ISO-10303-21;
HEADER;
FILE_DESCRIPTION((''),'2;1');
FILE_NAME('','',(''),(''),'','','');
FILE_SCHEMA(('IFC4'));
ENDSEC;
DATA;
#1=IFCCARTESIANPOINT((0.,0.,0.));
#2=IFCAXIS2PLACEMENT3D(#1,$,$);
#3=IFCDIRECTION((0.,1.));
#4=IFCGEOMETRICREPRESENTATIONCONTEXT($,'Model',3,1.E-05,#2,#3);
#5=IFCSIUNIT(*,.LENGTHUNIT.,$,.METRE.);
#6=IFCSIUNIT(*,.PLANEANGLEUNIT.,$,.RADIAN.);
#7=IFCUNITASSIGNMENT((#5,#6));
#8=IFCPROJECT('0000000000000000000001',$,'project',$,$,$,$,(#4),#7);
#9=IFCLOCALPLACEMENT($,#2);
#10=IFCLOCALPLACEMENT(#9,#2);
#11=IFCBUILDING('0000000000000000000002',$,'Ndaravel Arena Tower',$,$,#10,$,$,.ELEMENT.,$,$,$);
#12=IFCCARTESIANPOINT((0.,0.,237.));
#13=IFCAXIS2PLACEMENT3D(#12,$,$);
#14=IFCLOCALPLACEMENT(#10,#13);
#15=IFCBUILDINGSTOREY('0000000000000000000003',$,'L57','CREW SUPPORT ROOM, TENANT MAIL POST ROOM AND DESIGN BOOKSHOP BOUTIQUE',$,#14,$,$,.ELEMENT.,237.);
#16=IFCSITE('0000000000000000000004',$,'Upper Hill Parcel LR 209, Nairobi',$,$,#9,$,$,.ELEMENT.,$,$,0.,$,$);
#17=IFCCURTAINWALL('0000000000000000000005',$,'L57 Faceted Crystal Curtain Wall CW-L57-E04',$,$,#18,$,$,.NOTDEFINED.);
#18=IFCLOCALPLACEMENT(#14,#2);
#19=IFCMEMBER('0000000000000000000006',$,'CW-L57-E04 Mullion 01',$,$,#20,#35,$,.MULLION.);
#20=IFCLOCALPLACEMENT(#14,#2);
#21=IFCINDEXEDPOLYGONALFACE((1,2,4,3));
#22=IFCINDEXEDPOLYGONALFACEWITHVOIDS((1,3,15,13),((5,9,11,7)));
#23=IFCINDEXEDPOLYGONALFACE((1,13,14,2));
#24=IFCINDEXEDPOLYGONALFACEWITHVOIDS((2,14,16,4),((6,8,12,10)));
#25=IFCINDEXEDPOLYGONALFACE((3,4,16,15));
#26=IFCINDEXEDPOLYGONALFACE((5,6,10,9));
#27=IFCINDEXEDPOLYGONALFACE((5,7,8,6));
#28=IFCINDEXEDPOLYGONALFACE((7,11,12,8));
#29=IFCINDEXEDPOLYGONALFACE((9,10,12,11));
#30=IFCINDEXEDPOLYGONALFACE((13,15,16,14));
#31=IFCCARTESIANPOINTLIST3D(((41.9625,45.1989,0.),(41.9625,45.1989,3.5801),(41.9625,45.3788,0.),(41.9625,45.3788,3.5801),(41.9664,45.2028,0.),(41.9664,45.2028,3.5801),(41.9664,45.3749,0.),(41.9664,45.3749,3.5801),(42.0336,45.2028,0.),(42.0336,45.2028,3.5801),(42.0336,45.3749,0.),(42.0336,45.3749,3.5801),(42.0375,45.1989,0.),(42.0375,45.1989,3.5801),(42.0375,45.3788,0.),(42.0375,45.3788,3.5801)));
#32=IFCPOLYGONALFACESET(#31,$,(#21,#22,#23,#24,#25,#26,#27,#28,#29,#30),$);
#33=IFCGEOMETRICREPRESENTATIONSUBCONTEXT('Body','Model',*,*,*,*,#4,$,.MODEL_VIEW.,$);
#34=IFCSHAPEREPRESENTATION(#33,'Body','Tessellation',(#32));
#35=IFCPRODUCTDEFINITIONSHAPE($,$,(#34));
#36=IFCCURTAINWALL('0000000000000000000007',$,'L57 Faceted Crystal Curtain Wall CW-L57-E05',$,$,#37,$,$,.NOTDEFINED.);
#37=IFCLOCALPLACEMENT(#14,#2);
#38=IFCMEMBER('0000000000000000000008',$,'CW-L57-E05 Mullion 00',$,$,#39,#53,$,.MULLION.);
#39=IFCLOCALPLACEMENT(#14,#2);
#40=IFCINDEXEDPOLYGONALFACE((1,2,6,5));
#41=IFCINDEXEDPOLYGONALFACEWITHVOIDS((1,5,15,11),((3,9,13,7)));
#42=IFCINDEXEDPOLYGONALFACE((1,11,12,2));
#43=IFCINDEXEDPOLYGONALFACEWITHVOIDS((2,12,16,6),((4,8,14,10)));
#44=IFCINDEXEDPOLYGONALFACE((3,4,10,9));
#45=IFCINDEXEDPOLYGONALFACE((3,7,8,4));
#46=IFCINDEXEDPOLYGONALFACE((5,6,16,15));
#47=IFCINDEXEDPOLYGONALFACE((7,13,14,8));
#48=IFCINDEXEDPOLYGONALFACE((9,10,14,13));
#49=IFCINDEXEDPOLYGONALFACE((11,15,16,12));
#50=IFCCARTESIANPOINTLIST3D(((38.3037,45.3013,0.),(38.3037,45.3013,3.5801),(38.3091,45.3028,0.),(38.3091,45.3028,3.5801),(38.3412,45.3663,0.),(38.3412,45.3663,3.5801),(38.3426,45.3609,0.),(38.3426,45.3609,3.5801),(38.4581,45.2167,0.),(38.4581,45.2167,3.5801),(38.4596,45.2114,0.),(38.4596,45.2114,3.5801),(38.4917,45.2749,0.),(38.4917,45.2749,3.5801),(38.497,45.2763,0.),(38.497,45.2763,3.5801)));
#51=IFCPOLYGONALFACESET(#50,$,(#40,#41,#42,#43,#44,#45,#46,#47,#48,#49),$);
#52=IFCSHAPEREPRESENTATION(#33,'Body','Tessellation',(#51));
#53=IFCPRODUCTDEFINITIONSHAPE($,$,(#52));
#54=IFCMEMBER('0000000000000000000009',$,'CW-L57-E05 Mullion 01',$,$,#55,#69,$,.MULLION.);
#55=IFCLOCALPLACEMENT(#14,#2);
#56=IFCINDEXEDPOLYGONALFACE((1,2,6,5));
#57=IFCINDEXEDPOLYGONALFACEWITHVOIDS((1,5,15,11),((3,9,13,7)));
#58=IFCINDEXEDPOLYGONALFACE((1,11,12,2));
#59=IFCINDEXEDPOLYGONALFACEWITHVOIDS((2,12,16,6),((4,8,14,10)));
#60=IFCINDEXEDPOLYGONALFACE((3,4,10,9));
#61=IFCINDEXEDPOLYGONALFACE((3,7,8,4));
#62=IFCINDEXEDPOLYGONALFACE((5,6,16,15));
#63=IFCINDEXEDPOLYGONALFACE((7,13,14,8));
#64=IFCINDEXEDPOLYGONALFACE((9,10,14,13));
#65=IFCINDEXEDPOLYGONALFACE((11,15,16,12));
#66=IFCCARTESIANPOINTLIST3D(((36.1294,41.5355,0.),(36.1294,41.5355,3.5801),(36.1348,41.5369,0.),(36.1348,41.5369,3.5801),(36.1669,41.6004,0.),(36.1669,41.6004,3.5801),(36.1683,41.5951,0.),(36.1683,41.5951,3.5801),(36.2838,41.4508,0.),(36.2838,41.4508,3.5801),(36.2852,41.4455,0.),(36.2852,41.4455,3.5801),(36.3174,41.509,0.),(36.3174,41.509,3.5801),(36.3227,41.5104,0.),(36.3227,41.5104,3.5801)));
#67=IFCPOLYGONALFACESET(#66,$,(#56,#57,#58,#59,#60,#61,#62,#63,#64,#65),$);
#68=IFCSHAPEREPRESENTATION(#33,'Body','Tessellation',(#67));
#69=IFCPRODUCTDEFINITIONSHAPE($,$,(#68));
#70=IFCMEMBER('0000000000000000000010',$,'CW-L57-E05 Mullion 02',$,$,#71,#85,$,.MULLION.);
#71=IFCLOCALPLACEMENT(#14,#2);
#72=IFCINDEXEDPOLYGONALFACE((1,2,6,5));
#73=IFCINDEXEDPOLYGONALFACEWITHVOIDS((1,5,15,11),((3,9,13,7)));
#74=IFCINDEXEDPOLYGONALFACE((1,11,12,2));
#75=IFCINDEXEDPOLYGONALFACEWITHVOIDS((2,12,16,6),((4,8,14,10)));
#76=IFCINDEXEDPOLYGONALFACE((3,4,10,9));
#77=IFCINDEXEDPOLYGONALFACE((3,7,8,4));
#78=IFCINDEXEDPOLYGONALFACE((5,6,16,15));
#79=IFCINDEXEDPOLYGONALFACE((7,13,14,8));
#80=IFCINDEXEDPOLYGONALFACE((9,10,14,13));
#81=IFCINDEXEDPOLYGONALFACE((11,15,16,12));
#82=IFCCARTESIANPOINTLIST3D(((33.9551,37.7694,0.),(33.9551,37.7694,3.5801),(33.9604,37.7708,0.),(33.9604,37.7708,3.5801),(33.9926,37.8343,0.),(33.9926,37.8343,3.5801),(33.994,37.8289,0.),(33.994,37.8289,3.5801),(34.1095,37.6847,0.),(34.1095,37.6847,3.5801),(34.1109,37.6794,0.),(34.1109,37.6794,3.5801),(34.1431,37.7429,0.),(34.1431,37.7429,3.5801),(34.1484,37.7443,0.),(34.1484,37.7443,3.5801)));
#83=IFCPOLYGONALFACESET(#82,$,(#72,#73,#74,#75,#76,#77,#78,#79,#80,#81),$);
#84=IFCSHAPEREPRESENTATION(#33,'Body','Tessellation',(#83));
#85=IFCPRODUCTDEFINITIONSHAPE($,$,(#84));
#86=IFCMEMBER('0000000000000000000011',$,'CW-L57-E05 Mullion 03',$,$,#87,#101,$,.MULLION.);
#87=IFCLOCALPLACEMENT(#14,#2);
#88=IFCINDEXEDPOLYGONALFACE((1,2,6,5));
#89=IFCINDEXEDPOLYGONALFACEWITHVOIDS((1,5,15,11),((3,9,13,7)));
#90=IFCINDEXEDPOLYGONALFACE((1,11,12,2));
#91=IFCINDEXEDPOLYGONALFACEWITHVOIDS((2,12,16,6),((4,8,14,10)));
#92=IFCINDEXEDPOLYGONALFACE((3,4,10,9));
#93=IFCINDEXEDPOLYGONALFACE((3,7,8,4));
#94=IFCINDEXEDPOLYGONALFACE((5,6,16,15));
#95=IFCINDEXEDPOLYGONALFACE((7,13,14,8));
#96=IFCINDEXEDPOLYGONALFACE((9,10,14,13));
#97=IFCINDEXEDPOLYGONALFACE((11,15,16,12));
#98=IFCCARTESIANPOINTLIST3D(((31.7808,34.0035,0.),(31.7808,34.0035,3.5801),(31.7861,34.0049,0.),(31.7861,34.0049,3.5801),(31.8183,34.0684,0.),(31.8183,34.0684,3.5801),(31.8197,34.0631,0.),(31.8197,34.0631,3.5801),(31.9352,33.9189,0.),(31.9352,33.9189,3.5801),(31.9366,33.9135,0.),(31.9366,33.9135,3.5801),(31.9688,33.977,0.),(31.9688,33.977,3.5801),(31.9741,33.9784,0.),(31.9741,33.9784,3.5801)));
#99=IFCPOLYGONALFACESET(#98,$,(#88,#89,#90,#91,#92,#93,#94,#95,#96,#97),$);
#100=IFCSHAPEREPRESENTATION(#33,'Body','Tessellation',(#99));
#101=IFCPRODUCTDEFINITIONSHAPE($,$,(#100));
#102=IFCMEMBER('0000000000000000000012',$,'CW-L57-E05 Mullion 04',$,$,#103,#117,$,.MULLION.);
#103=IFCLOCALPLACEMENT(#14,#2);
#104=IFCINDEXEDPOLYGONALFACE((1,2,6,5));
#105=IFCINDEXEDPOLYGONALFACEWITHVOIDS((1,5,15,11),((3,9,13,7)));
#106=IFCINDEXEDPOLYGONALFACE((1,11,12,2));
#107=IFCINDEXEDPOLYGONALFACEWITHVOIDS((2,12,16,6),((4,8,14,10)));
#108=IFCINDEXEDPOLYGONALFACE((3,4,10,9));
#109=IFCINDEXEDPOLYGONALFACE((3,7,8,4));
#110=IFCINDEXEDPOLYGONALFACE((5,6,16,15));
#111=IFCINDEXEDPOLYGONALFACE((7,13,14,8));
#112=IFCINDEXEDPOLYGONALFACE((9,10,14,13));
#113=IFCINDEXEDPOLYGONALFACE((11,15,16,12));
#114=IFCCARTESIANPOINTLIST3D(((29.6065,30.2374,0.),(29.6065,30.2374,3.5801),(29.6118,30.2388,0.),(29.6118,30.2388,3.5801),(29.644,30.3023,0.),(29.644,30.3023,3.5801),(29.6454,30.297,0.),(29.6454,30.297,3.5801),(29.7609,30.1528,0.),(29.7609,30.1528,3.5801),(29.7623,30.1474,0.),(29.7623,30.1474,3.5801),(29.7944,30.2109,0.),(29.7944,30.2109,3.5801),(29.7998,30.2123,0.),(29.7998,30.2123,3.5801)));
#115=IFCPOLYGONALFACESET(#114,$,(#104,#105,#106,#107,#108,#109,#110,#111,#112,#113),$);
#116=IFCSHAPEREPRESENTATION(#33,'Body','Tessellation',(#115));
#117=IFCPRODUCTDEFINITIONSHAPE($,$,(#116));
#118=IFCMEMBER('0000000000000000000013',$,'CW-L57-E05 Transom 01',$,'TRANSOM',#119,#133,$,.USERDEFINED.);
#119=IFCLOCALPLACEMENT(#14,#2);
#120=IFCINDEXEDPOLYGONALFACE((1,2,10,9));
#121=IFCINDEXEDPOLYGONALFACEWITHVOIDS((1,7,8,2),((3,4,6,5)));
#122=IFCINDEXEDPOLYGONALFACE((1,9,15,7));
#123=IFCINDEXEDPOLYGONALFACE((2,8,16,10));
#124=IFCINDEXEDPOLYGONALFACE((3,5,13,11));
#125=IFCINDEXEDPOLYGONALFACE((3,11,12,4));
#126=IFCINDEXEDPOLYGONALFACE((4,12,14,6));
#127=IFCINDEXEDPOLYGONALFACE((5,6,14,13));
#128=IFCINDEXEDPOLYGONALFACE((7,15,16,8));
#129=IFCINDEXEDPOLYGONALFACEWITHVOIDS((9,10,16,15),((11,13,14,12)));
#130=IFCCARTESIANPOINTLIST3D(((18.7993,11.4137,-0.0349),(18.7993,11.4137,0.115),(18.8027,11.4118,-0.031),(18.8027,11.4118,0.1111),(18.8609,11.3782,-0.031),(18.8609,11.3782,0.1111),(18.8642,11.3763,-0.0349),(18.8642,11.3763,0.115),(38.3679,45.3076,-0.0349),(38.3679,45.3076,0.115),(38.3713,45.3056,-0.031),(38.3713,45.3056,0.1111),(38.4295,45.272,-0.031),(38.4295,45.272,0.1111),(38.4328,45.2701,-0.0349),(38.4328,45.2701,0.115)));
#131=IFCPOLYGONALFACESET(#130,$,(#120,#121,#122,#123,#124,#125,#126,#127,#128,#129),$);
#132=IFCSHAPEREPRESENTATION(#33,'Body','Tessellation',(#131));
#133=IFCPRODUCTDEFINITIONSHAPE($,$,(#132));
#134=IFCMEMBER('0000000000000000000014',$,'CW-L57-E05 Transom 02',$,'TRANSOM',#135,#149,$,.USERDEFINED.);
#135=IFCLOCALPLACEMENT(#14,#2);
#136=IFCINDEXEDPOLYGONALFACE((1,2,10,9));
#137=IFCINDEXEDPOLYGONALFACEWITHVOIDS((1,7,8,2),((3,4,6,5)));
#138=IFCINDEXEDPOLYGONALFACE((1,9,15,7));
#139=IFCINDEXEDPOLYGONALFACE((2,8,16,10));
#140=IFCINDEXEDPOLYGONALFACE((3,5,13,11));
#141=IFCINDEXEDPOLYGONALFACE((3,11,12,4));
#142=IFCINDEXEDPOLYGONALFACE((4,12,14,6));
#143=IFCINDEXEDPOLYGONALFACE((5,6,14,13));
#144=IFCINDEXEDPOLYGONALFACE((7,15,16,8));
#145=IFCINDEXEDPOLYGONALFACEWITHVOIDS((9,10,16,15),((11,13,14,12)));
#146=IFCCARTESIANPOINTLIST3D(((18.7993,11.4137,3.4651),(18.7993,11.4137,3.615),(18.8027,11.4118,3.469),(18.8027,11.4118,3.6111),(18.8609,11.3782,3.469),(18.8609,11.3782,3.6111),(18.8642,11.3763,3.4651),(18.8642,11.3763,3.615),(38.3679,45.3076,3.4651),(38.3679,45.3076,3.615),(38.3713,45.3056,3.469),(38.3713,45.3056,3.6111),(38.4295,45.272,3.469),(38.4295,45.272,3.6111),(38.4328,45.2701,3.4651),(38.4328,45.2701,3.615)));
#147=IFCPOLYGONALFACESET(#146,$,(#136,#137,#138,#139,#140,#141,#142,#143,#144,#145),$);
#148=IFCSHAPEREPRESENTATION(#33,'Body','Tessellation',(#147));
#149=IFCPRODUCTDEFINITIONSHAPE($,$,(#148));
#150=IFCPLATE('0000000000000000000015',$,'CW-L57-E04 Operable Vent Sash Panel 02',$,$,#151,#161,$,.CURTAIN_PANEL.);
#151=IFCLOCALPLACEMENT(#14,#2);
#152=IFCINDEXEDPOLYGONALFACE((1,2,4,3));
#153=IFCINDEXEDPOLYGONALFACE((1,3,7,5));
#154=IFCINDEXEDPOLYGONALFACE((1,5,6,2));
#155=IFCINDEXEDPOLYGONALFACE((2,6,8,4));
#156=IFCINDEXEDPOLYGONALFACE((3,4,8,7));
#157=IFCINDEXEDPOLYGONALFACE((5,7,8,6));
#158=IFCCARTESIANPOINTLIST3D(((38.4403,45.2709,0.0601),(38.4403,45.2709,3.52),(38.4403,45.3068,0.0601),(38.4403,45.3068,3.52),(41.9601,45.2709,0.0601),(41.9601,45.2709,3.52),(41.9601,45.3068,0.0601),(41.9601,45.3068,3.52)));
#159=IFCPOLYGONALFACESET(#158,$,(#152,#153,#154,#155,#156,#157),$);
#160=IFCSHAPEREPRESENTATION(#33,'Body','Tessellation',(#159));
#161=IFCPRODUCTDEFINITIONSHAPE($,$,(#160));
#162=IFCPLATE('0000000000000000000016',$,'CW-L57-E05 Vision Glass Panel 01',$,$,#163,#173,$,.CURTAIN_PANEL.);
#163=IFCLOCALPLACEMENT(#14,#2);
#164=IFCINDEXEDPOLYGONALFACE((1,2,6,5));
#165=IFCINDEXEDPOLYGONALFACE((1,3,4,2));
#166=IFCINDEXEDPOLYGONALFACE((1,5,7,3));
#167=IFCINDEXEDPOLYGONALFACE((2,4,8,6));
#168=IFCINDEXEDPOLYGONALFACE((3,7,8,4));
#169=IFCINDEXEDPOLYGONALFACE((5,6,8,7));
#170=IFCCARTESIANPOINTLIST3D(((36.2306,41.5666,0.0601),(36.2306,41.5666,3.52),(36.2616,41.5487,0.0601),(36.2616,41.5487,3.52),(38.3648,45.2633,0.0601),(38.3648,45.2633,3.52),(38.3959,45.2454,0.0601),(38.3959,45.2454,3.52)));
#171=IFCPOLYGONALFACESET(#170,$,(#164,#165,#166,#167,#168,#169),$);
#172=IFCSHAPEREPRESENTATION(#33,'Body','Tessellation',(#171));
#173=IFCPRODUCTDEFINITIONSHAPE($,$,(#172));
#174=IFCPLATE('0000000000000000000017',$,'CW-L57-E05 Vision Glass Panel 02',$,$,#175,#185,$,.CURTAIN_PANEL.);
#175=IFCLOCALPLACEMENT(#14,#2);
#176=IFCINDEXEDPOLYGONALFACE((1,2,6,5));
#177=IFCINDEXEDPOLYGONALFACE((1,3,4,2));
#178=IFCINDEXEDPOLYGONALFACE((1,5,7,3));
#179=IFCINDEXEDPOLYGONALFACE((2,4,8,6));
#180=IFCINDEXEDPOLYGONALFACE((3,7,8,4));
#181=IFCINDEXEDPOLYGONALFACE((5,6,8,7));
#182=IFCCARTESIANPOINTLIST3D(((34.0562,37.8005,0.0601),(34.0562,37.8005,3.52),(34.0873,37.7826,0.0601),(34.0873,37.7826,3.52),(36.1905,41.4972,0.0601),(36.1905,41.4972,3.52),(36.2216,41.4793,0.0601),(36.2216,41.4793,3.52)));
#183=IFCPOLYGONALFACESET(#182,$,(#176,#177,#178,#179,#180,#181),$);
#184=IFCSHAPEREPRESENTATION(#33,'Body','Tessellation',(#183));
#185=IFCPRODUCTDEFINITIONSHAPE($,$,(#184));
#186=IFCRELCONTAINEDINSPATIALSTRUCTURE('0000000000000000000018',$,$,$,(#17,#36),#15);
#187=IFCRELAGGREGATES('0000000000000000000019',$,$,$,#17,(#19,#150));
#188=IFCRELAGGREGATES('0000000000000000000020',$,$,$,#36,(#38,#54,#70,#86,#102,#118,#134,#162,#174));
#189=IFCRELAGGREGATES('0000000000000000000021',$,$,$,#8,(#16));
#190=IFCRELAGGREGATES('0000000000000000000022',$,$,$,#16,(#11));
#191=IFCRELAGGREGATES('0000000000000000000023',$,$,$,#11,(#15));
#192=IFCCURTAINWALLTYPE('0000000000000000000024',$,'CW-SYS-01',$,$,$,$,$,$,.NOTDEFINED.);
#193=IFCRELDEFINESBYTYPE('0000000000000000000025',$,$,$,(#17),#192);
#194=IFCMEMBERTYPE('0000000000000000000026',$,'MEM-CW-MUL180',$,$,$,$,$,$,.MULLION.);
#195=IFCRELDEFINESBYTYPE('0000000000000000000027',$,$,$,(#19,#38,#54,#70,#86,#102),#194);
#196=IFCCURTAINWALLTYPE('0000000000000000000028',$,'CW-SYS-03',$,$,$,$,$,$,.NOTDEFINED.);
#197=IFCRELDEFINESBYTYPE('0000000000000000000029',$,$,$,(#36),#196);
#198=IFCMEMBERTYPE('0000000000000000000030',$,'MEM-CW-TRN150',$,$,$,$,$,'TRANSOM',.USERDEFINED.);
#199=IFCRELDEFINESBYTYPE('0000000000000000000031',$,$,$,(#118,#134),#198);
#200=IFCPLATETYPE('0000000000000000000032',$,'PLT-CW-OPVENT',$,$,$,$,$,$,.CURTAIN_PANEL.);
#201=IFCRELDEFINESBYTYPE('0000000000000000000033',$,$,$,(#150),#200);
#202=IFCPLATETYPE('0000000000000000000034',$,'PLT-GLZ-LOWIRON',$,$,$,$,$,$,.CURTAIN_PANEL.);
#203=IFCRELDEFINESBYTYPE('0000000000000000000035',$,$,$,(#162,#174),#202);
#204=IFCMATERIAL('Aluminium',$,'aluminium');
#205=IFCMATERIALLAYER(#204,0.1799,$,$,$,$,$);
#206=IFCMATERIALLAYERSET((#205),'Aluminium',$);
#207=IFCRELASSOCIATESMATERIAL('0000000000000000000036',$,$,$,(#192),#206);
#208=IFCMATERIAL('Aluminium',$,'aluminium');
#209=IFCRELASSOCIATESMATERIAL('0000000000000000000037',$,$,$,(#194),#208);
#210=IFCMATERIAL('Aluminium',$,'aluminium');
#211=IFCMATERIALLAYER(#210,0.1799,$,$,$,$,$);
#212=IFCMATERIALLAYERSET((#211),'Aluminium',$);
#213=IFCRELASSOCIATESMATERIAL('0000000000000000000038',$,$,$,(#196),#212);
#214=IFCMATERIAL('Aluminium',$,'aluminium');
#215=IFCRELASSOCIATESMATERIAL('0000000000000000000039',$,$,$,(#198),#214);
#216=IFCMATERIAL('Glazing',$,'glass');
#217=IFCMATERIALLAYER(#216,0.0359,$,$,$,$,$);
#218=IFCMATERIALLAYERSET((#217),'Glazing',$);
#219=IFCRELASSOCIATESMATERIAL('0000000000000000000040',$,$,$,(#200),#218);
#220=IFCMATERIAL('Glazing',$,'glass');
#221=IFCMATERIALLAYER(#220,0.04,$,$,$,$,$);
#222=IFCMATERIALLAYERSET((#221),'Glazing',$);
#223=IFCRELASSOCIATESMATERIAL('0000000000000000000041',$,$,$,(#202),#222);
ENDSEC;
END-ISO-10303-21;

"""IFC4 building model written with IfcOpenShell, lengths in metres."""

from ifc_helpers import new_model, si_unit, direction, frame, origin, origin_2d, place, context, subcontext, project, spatial, rectangle, hollow_rectangle, extrude, material, layer, layer_set, material_profile, profile_set, type_object, element, aggregate, save


model = new_model("IFC4")

# Units and contexts
model_context = context("Model", 3, precision=1e-05, world=origin(), true_north=direction((0.0, 1.0)))
body_context = subcontext(model_context, "Body", "Model", "MODEL_VIEW")
ifc_project = project(units=[si_unit("LENGTHUNIT", "METRE"), si_unit("PLANEANGLEUNIT", "RADIAN")], contexts=[model_context])

# Site, building, storey
site_placement = place(None, origin())
site = spatial("IfcSite", under=ifc_project, at=site_placement, Name="Upper Hill Parcel LR 209, Nairobi", CompositionType="ELEMENT", RefElevation=0.0)
building_placement = place(site_placement, origin())
building = spatial("IfcBuilding", under=site, at=building_placement, Name="Ndaravel Arena Tower", CompositionType="ELEMENT")
storey_placement = place(building_placement, frame((0.0, 0.0, 237.0)))
storey = spatial("IfcBuildingStorey", under=building, at=storey_placement, Name="L57", Description="CREW SUPPORT ROOM, TENANT MAIL POST ROOM AND DESIGN BOOKSHOP BOUTIQUE", CompositionType="ELEMENT", Elevation=237.0)

# Curtain wall, member
ifc_material_1 = material(Name="Aluminium", Category="aluminium")
ifc_layer_1 = layer(ifc_material_1, 0.1799)
ifc_layer_set_1 = layer_set([ifc_layer_1], Name="Aluminium")
curtain_wall_type_1 = type_object("IfcCurtainWallType", Name="CW-SYS-01", PredefinedType="NOTDEFINED", material=ifc_layer_set_1)
curtain_wall_1_placement = place(storey_placement, origin())
curtain_wall_1 = element("IfcCurtainWall", 1, at=curtain_wall_1_placement, inside=storey, type_object=curtain_wall_type_1, Name="L57 Faceted Crystal Curtain Wall CW-L57-E04", PredefinedType="NOTDEFINED")
ifc_material_2 = material(Name="Aluminium", Category="aluminium")
ifc_material_profile_1 = material_profile(ifc_material_2, hollow_rectangle(XDim=0.075, YDim=0.1799, WallThickness=0.0039, at=origin_2d()), Name="CW MULLION 75x180x4")
ifc_profile_set_1 = profile_set([ifc_material_profile_1], Name="Aluminium")
member_type_1 = type_object("IfcMemberType", Name="MEM-CW-MUL180", PredefinedType="MULLION", material=ifc_profile_set_1)
member_1_placement = place(storey_placement, frame((42.0, 45.2888, 0.0), z_axis=(0.0, 0.0, 1.0), x_axis=(-1.0, 0.0, 0.0)))
member_1 = element("IfcMember", 2, at=member_1_placement, type_object=member_type_1, Name="CW-L57-E04 Mullion 01", PredefinedType="MULLION", context=body_context, shape_type="SweptSolid", body=[
    extrude(hollow_rectangle(XDim=0.075, YDim=0.1799, WallThickness=0.0039, at=origin_2d()), origin(), (0.0, 0.0, 1.0), 3.5801),
])

# Curtain wall, members
ifc_material_3 = material(Name="Aluminium", Category="aluminium")
ifc_layer_2 = layer(ifc_material_3, 0.1799)
ifc_layer_set_2 = layer_set([ifc_layer_2], Name="Aluminium")
curtain_wall_type_2 = type_object("IfcCurtainWallType", Name="CW-SYS-03", PredefinedType="NOTDEFINED", material=ifc_layer_set_2)
curtain_wall_2_placement = place(storey_placement, origin())
curtain_wall_2 = element("IfcCurtainWall", 3, at=curtain_wall_2_placement, inside=storey, type_object=curtain_wall_type_2, Name="L57 Faceted Crystal Curtain Wall CW-L57-E05", PredefinedType="NOTDEFINED")
member_2_placement = place(storey_placement, frame((38.4004, 45.2888, 0.0), z_axis=(0.0, 0.0, 1.0), x_axis=(-0.5, -0.866025, 0.0)))
member_2 = element("IfcMember", 4, at=member_2_placement, type_object=member_type_1, Name="CW-L57-E05 Mullion 00", PredefinedType="MULLION", context=body_context, shape_type="SweptSolid", body=[
    extrude(hollow_rectangle(XDim=0.075, YDim=0.1799, WallThickness=0.0039, at=origin_2d()), origin(), (0.0, 0.0, 1.0), 3.5801),
])
member_3_placement = place(storey_placement, frame((36.2261, 41.5229, 0.0), z_axis=(0.0, 0.0, 1.0), x_axis=(-0.5, -0.866025, 0.0)))
member_3 = element("IfcMember", 5, at=member_3_placement, type_object=member_type_1, Name="CW-L57-E05 Mullion 01", PredefinedType="MULLION", context=body_context, shape_type="SweptSolid", body=[
    extrude(hollow_rectangle(XDim=0.075, YDim=0.1799, WallThickness=0.0039, at=origin_2d()), origin(), (0.0, 0.0, 1.0), 3.5801),
])
member_4_placement = place(storey_placement, frame((34.0518, 37.7568, 0.0), z_axis=(0.0, 0.0, 1.0), x_axis=(-0.5, -0.866025, 0.0)))
member_4 = element("IfcMember", 6, at=member_4_placement, type_object=member_type_1, Name="CW-L57-E05 Mullion 02", PredefinedType="MULLION", context=body_context, shape_type="SweptSolid", body=[
    extrude(hollow_rectangle(XDim=0.075, YDim=0.1799, WallThickness=0.0039, at=origin_2d()), origin(), (0.0, 0.0, 1.0), 3.5801),
])
member_5_placement = place(storey_placement, frame((31.8774, 33.991, 0.0), z_axis=(0.0, 0.0, 1.0), x_axis=(-0.5, -0.866025, 0.0)))
member_5 = element("IfcMember", 7, at=member_5_placement, type_object=member_type_1, Name="CW-L57-E05 Mullion 03", PredefinedType="MULLION", context=body_context, shape_type="SweptSolid", body=[
    extrude(hollow_rectangle(XDim=0.075, YDim=0.1799, WallThickness=0.0039, at=origin_2d()), origin(), (0.0, 0.0, 1.0), 3.5801),
])
member_6_placement = place(storey_placement, frame((29.7031, 30.2249, 0.0), z_axis=(0.0, 0.0, 1.0), x_axis=(-0.5, -0.866025, 0.0)))
member_6 = element("IfcMember", 8, at=member_6_placement, type_object=member_type_1, Name="CW-L57-E05 Mullion 04", PredefinedType="MULLION", context=body_context, shape_type="SweptSolid", body=[
    extrude(hollow_rectangle(XDim=0.075, YDim=0.1799, WallThickness=0.0039, at=origin_2d()), origin(), (0.0, 0.0, 1.0), 3.5801),
])
ifc_material_4 = material(Name="Aluminium", Category="aluminium")
ifc_material_profile_2 = material_profile(ifc_material_4, hollow_rectangle(XDim=0.075, YDim=0.1499, WallThickness=0.0039, at=origin_2d()), Name="CW TRANSOM 75x150x4")
ifc_profile_set_2 = profile_set([ifc_material_profile_2], Name="Aluminium")
member_type_2 = type_object("IfcMemberType", Name="MEM-CW-TRN150", ElementType="TRANSOM", PredefinedType="USERDEFINED", material=ifc_profile_set_2)
member_7_placement = place(storey_placement, frame((38.4004, 45.2888, 0.04), z_axis=(-0.5, -0.866025, 0.0), x_axis=(0.866025, -0.5, 0.0)))
member_7 = element("IfcMember", 9, at=member_7_placement, type_object=member_type_2, Name="CW-L57-E05 Transom 01", ObjectType="TRANSOM", PredefinedType="USERDEFINED", context=body_context, shape_type="SweptSolid", body=[
    extrude(hollow_rectangle(XDim=0.075, YDim=0.1499, WallThickness=0.0039, at=origin_2d()), origin(), (0.0, 0.0, 1.0), 39.1372),
])
member_8_placement = place(storey_placement, frame((38.4004, 45.2888, 3.54), z_axis=(-0.5, -0.866025, 0.0), x_axis=(0.866025, -0.5, 0.0)))
member_8 = element("IfcMember", 10, at=member_8_placement, type_object=member_type_2, Name="CW-L57-E05 Transom 02", ObjectType="TRANSOM", PredefinedType="USERDEFINED", context=body_context, shape_type="SweptSolid", body=[
    extrude(hollow_rectangle(XDim=0.075, YDim=0.1499, WallThickness=0.0039, at=origin_2d()), origin(), (0.0, 0.0, 1.0), 39.1372),
])

# Plates
ifc_material_5 = material(Name="Glazing", Category="glass")
ifc_layer_3 = layer(ifc_material_5, 0.0359)
ifc_layer_set_3 = layer_set([ifc_layer_3], Name="Glazing")
plate_type_1 = type_object("IfcPlateType", Name="PLT-CW-OPVENT", PredefinedType="CURTAIN_PANEL", material=ifc_layer_set_3)
plate_1_placement = place(storey_placement, frame((40.2002, 45.2888, 0.0601), z_axis=(0.0, 0.0, 1.0), x_axis=(-1.0, 0.0, 0.0)))
plate_1 = element("IfcPlate", 11, at=plate_1_placement, type_object=plate_type_1, Name="CW-L57-E04 Operable Vent Sash Panel 02", PredefinedType="CURTAIN_PANEL", context=body_context, shape_type="SweptSolid", body=[
    extrude(rectangle(XDim=3.5198, YDim=0.0359, at=origin_2d()), origin(), (0.0, 0.0, 1.0), 3.46),
])
aggregate(curtain_wall_1, [member_1, plate_1])
ifc_material_6 = material(Name="Glazing", Category="glass")
ifc_layer_4 = layer(ifc_material_6, 0.04)
ifc_layer_set_4 = layer_set([ifc_layer_4], Name="Glazing")
plate_type_2 = type_object("IfcPlateType", Name="PLT-GLZ-LOWIRON", PredefinedType="CURTAIN_PANEL", material=ifc_layer_set_4)
plate_2_placement = place(storey_placement, frame((37.3132, 43.406, 0.0601), z_axis=(0.0, 0.0, 1.0), x_axis=(-0.5, -0.866025, 0.0)))
plate_2 = element("IfcPlate", 12, at=plate_2_placement, type_object=plate_type_2, Name="CW-L57-E05 Vision Glass Panel 01", PredefinedType="CURTAIN_PANEL", context=body_context, shape_type="SweptSolid", body=[
    extrude(rectangle(XDim=4.2686, YDim=0.0359, at=origin_2d()), origin(), (0.0, 0.0, 1.0), 3.46),
])
plate_3_placement = place(storey_placement, frame((35.1389, 39.6399, 0.0601), z_axis=(0.0, 0.0, 1.0), x_axis=(-0.5, -0.866025, 0.0)))
plate_3 = element("IfcPlate", 13, at=plate_3_placement, type_object=plate_type_2, Name="CW-L57-E05 Vision Glass Panel 02", PredefinedType="CURTAIN_PANEL", context=body_context, shape_type="SweptSolid", body=[
    extrude(rectangle(XDim=4.2686, YDim=0.0359, at=origin_2d()), origin(), (0.0, 0.0, 1.0), 3.46),
])
aggregate(curtain_wall_2, [member_2, member_3, member_4, member_5, member_6, member_7, member_8, plate_2, plate_3])

save(model, "model.ifc")
